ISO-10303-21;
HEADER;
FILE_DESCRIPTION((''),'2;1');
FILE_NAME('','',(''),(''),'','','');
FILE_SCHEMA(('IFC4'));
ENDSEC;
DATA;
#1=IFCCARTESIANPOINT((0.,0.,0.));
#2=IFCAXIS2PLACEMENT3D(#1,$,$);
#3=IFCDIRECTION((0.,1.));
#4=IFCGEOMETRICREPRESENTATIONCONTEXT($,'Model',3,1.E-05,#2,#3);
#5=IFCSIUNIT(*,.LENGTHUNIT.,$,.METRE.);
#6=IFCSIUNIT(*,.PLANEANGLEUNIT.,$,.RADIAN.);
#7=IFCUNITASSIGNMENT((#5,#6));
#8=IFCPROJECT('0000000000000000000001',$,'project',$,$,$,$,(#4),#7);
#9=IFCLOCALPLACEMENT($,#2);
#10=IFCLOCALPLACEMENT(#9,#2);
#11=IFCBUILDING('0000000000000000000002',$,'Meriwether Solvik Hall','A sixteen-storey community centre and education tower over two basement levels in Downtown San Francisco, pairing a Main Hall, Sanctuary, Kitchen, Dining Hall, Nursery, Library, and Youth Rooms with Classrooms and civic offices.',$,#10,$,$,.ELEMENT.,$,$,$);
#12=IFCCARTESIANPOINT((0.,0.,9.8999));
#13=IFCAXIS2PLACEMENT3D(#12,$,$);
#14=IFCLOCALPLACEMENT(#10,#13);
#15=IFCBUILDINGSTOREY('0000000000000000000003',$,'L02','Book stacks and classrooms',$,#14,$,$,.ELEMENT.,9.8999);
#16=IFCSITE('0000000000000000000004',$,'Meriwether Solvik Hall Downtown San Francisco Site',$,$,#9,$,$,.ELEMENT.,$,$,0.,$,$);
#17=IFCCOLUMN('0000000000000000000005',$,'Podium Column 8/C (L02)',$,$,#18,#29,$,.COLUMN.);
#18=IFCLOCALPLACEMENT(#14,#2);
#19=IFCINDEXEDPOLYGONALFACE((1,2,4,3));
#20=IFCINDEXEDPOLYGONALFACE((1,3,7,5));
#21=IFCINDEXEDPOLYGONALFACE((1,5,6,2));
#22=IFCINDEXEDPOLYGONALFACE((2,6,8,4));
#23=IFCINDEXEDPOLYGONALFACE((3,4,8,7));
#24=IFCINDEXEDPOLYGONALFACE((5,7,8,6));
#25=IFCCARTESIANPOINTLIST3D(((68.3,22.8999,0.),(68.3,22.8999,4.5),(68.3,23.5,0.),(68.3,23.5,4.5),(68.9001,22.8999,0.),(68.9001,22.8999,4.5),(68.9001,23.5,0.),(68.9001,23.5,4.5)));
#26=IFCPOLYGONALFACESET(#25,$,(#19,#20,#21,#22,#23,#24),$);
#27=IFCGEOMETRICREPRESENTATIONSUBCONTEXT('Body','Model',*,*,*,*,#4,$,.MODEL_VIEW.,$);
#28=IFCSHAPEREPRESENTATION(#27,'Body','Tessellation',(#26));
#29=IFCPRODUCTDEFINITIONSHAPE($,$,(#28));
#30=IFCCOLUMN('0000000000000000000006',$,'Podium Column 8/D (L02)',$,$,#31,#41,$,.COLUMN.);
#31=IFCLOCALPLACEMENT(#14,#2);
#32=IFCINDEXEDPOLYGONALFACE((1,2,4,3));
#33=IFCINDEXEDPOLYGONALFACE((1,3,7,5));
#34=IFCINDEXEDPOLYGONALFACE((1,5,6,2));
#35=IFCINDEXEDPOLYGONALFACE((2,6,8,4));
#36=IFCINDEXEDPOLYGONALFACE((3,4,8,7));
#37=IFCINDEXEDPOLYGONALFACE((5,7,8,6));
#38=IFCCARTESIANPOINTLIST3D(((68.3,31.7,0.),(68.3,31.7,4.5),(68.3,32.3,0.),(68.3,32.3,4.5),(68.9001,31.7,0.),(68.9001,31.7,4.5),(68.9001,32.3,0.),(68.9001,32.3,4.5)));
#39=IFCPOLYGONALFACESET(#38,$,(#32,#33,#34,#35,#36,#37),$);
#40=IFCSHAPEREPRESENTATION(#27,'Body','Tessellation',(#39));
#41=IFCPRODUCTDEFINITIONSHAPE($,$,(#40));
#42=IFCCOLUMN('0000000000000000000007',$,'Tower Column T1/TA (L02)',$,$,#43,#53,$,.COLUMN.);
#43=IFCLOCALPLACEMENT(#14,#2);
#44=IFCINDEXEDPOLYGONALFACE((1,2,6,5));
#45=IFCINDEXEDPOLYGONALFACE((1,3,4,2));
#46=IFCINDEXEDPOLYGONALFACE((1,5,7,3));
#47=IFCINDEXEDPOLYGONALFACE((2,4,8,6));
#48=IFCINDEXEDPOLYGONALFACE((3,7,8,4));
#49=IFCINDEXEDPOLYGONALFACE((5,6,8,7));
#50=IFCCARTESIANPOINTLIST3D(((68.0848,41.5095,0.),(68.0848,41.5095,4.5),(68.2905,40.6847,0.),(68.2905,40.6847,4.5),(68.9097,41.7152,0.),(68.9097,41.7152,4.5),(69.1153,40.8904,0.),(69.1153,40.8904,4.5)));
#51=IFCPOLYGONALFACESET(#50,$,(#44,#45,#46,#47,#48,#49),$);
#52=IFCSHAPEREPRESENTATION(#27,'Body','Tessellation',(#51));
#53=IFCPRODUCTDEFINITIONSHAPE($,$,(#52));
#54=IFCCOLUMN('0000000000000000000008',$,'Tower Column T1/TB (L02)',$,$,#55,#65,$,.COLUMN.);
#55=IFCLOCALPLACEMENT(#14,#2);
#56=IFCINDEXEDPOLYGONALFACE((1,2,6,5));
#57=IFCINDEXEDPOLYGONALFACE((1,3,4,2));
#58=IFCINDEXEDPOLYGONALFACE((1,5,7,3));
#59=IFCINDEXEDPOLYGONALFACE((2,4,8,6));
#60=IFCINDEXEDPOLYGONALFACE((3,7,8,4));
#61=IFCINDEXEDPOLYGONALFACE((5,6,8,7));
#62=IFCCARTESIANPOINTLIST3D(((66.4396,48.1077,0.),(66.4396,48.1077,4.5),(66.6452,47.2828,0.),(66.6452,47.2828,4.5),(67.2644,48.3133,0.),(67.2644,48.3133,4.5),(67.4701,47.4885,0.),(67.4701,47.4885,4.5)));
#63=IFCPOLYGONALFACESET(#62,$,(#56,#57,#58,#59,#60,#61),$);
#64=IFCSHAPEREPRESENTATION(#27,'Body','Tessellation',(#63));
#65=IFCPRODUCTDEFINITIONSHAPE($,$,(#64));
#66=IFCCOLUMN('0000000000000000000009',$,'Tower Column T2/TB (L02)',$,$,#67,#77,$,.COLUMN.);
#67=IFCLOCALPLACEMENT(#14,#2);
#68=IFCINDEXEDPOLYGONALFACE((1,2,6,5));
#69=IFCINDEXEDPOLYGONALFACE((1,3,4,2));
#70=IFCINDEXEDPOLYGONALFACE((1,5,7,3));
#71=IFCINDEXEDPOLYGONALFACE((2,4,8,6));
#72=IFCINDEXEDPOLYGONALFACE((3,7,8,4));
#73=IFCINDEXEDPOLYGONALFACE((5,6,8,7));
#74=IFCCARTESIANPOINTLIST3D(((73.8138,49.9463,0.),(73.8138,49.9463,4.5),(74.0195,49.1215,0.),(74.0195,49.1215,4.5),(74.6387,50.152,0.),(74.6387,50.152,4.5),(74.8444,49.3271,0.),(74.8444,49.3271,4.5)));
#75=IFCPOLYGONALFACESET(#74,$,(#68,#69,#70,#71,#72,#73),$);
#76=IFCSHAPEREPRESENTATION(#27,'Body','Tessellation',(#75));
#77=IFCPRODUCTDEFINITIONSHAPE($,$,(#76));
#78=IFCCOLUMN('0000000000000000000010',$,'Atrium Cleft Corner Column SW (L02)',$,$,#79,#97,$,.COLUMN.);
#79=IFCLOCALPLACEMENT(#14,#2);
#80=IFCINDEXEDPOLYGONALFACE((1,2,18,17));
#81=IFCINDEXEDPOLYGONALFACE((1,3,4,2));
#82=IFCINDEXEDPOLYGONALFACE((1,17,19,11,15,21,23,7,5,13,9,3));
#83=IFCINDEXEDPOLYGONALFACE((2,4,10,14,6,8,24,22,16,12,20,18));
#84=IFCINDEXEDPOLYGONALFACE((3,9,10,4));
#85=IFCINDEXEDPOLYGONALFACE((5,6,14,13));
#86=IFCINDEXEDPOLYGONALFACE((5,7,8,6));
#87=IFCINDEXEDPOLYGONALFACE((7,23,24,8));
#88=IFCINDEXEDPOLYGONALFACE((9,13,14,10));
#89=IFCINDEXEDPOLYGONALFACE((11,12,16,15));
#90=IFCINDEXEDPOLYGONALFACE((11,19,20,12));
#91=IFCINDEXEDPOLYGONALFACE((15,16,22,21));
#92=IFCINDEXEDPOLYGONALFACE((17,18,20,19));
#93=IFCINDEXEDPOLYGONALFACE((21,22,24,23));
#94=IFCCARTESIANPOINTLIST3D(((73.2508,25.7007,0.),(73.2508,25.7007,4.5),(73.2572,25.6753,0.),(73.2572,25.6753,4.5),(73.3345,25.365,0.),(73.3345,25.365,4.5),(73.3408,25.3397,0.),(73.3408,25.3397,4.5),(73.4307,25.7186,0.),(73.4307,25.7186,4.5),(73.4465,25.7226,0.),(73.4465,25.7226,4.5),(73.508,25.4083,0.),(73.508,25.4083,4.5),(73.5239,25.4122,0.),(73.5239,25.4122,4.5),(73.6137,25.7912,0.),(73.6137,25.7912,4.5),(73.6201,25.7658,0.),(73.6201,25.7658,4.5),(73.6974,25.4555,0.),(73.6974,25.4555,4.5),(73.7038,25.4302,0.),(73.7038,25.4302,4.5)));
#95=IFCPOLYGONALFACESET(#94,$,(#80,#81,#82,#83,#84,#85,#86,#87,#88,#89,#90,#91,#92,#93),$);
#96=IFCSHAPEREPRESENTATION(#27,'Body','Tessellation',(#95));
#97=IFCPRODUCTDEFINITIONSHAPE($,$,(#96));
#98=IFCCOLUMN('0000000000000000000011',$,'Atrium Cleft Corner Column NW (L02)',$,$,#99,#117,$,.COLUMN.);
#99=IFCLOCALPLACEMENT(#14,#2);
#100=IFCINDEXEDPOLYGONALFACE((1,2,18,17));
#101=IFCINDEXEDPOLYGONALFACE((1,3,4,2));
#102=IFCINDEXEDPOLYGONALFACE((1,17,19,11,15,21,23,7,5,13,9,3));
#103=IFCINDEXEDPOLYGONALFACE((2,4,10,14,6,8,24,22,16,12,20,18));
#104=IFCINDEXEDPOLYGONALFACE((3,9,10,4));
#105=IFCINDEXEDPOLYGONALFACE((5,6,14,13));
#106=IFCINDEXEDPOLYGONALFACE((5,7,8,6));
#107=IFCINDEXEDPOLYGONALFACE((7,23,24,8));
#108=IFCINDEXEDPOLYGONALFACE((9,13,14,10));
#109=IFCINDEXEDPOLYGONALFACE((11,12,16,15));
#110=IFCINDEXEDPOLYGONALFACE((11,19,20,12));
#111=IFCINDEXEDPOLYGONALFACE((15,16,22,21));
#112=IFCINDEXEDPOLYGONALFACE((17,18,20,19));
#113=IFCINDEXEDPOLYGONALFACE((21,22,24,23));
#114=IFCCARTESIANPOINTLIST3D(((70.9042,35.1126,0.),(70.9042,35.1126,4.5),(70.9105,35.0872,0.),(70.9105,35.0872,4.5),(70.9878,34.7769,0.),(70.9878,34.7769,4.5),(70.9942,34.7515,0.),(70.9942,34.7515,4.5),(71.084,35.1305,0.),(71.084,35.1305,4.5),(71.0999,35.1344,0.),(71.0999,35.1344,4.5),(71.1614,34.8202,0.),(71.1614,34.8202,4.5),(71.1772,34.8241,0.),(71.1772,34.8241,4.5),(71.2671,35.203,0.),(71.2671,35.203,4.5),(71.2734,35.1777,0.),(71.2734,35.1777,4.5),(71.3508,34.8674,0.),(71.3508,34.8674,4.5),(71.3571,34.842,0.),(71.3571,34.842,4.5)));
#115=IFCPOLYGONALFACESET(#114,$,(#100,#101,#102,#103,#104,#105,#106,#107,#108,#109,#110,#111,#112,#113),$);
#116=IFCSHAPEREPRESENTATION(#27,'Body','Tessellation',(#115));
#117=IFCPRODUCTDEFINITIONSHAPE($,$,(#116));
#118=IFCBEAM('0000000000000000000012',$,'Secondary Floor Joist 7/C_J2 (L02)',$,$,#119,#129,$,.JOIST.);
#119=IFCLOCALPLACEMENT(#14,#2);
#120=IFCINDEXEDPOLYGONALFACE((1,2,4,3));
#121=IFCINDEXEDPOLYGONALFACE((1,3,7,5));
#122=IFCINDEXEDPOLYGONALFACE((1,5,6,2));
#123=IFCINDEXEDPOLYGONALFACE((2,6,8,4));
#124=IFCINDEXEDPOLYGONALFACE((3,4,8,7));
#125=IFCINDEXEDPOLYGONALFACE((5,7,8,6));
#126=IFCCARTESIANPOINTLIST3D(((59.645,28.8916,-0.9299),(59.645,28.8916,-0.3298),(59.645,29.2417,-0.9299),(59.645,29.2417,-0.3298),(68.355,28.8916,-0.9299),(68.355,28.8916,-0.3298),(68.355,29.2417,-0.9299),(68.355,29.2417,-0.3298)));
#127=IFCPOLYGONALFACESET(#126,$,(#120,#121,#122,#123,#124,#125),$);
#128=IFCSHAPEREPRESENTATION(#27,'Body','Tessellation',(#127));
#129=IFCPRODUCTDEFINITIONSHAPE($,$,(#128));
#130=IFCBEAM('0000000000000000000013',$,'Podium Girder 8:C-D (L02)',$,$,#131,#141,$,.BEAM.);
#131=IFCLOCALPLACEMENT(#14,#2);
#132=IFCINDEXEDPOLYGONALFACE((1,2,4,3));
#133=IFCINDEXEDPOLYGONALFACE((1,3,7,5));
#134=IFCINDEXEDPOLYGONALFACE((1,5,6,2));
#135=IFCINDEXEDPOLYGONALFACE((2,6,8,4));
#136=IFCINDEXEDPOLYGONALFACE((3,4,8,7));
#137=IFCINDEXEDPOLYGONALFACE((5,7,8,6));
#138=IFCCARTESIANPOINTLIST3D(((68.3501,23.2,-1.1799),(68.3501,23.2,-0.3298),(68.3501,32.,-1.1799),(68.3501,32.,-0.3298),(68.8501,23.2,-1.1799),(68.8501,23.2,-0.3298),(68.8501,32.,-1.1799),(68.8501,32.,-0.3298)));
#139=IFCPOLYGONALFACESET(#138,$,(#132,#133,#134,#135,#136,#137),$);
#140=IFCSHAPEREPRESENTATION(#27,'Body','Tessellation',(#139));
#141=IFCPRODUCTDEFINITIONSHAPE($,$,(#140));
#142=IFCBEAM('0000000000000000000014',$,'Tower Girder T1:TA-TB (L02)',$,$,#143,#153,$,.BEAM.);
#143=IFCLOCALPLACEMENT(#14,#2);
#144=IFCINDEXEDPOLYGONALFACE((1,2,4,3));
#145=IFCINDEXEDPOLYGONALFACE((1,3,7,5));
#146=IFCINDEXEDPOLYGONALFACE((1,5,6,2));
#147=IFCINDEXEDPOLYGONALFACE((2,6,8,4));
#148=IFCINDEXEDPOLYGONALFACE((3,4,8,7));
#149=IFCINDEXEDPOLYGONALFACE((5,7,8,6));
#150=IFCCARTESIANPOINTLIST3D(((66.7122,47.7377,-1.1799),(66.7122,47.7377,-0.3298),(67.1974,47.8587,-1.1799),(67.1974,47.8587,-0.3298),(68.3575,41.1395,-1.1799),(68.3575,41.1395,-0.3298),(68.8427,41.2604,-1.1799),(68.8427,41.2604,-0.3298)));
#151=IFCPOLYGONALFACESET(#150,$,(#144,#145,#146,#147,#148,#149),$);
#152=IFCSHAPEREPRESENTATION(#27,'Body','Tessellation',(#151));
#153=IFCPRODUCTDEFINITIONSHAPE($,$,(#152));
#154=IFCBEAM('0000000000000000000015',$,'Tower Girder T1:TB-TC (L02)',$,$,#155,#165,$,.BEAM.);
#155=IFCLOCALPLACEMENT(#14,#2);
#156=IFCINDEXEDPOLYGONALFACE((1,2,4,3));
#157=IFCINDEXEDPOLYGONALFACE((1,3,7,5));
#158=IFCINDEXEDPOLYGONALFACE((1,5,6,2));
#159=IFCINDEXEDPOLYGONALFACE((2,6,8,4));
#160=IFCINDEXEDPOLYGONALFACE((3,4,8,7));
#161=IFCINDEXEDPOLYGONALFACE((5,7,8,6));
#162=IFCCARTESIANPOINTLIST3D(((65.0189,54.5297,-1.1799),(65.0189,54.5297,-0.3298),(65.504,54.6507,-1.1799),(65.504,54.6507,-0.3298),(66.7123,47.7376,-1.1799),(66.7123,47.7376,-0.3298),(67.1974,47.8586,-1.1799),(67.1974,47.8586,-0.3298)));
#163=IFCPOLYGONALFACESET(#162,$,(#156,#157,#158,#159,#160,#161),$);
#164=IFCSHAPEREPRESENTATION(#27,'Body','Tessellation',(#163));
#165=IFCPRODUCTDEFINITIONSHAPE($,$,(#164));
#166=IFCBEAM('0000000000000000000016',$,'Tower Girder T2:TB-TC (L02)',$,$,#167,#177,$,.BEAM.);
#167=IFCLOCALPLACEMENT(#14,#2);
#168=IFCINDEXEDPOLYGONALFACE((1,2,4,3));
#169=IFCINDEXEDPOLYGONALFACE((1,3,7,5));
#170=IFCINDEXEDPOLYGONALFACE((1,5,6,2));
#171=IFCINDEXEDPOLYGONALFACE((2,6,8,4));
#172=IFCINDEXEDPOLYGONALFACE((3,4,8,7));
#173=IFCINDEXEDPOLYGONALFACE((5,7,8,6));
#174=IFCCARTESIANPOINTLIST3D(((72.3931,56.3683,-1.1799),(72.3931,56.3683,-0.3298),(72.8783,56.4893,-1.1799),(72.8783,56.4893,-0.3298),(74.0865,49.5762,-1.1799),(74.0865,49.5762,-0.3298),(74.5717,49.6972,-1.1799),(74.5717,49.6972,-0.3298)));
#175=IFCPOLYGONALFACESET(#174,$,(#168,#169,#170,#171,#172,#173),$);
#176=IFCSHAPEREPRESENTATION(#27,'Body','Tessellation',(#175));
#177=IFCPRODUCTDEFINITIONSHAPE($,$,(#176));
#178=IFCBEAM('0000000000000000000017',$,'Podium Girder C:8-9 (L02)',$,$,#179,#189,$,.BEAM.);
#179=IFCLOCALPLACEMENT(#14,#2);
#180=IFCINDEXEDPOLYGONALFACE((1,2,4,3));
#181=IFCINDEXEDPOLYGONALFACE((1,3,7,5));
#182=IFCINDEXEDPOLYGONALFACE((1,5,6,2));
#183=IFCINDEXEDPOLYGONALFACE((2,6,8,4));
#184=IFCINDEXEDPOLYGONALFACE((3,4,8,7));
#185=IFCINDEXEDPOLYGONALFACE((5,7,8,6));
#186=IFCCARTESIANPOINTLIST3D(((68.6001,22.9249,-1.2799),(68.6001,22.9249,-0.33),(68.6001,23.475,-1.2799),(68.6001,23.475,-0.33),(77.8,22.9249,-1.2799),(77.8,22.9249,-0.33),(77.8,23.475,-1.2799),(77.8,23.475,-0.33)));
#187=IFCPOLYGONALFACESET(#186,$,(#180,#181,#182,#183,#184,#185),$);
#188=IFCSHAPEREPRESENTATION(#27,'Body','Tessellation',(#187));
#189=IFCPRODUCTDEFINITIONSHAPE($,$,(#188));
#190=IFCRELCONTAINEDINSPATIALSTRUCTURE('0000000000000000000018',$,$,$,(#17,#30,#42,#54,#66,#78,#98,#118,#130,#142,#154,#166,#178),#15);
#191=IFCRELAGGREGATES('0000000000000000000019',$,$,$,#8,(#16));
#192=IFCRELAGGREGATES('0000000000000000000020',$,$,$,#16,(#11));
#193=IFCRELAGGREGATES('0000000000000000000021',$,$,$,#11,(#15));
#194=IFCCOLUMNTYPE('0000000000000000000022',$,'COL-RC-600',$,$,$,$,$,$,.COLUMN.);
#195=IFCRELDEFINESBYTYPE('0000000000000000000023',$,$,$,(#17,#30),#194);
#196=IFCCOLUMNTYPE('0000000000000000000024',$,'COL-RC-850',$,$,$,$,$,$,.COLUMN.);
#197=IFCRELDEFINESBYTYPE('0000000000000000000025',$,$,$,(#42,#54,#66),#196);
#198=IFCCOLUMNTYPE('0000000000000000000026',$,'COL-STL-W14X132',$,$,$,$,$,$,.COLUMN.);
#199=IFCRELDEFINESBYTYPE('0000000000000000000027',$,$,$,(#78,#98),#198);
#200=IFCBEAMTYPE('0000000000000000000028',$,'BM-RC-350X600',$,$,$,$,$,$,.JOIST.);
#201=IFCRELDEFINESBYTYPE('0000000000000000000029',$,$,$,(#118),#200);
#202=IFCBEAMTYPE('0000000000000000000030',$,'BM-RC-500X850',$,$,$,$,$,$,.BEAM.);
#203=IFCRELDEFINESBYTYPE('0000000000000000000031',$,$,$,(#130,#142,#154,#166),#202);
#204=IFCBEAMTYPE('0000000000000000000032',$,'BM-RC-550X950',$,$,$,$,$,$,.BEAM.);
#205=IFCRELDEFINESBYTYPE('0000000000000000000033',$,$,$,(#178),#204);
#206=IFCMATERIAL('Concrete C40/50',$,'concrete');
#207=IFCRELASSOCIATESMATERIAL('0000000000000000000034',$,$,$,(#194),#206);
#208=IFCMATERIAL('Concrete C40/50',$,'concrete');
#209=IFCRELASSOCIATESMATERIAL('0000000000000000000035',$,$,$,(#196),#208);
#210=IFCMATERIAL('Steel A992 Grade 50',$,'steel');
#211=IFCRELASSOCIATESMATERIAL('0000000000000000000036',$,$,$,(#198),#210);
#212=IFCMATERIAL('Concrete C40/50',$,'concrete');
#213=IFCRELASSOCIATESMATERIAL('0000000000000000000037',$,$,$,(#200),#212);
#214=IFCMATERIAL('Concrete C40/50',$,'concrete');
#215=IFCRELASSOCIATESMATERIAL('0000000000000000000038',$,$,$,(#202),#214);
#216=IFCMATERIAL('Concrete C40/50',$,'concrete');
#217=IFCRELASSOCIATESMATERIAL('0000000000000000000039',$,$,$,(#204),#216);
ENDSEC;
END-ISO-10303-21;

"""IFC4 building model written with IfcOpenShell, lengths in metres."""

from ifc_helpers import new_model, si_unit, direction, frame, origin, origin_2d, place, context, subcontext, project, spatial, rectangle, i_section, extrude, material, material_profile, profile_set, type_object, element, save


model = new_model("IFC4")

# Units and contexts
model_context = context("Model", 3, precision=1e-05, world=origin(), true_north=direction((0.0, 1.0)))
body_context = subcontext(model_context, "Body", "Model", "MODEL_VIEW")
ifc_project = project(units=[si_unit("LENGTHUNIT", "METRE"), si_unit("PLANEANGLEUNIT", "RADIAN")], contexts=[model_context])

# Site, building, storey
site_placement = place(None, origin())
site = spatial("IfcSite", under=ifc_project, at=site_placement, Name="Meriwether Solvik Hall Downtown San Francisco Site", CompositionType="ELEMENT", RefElevation=0.0)
building_placement = place(site_placement, origin())
building = spatial("IfcBuilding", under=site, at=building_placement, Name="Meriwether Solvik Hall", Description="A sixteen-storey community centre and education tower over two basement levels in Downtown San Francisco, pairing a Main Hall, Sanctuary, Kitchen, Dining Hall, Nursery, Library, and Youth Rooms with Classrooms and civic offices.", CompositionType="ELEMENT")
storey_placement = place(building_placement, frame((0.0, 0.0, 9.8999)))
storey = spatial("IfcBuildingStorey", under=building, at=storey_placement, Name="L02", Description="Book stacks and classrooms", CompositionType="ELEMENT", Elevation=9.8999)

# Columns
ifc_material_1 = material(Name="Concrete C40/50", Category="concrete")
ifc_material_profile_1 = material_profile(ifc_material_1, rectangle(XDim=0.6001, YDim=0.6001, at=origin_2d()), Name="RCC-600X600")
ifc_profile_set_1 = profile_set([ifc_material_profile_1], Name="Concrete C40/50")
column_type_1 = type_object("IfcColumnType", Name="COL-RC-600", PredefinedType="COLUMN", material=ifc_profile_set_1)
for number, where, z_axis, x_axis, name in (
    (1, (68.6001, 23.2, 0.0), (0.0, 0.0, 1.0), (1.0, 0.0, 0.0), "Podium Column 8/C (L02)"),
    (2, (68.6001, 32.0, 0.0), (0.0, 0.0, 1.0), (1.0, 0.0, 0.0), "Podium Column 8/D (L02)"),
):
    element("IfcColumn", number, at=place(storey_placement, frame(where, z_axis=z_axis, x_axis=x_axis)), inside=storey, type_object=column_type_1, Name=name, PredefinedType="COLUMN", context=body_context, shape_type="SweptSolid", body=[
        extrude(rectangle(XDim=0.6001, YDim=0.6001, at=origin_2d()), origin(), (0.0, 0.0, 1.0), 4.5),
    ])
ifc_material_2 = material(Name="Concrete C40/50", Category="concrete")
ifc_material_profile_2 = material_profile(ifc_material_2, rectangle(XDim=0.8501, YDim=0.8501, at=origin_2d()), Name="RCC-850X850")
ifc_profile_set_2 = profile_set([ifc_material_profile_2], Name="Concrete C40/50")
column_type_2 = type_object("IfcColumnType", Name="COL-RC-850", PredefinedType="COLUMN", material=ifc_profile_set_2)
for number, where, z_axis, x_axis, name in (
    (3, (68.6001, 41.2, 0.0), (0.0, 0.0, 1.0), (0.970296, 0.241922, 0.0), "Tower Column T1/TA (L02)"),
    (4, (66.9548, 47.7981, 0.0), (0.0, 0.0, 1.0), (0.970296, 0.241922, 0.0), "Tower Column T1/TB (L02)"),
    (5, (74.3291, 49.6367, 0.0), (0.0, 0.0, 1.0), (0.970296, 0.241922, 0.0), "Tower Column T2/TB (L02)"),
):
    element("IfcColumn", number, at=place(storey_placement, frame(where, z_axis=z_axis, x_axis=x_axis)), inside=storey, type_object=column_type_2, Name=name, PredefinedType="COLUMN", context=body_context, shape_type="SweptSolid", body=[
        extrude(rectangle(XDim=0.8501, YDim=0.8501, at=origin_2d()), origin(), (0.0, 0.0, 1.0), 4.5),
    ])
ifc_material_3 = material(Name="Steel A992 Grade 50", Category="steel")
ifc_material_profile_3 = material_profile(ifc_material_3, i_section(OverallWidth=0.374, OverallDepth=0.3721, WebThickness=0.0164, FlangeThickness=0.0261, at=origin_2d()), Name="W14X132")
ifc_profile_set_3 = profile_set([ifc_material_profile_3], Name="Steel A992 Grade 50")
column_type_3 = type_object("IfcColumnType", Name="COL-STL-W14X132", PredefinedType="COLUMN", material=ifc_profile_set_3)
for number, where, z_axis, x_axis, name in (
    (6, (73.4773, 25.5654, 0.0), (0.0, 0.0, 1.0), (0.970296, 0.241922, 0.0), "Atrium Cleft Corner Column SW (L02)"),
    (7, (71.1306, 34.9773, 0.0), (0.0, 0.0, 1.0), (0.970296, 0.241922, 0.0), "Atrium Cleft Corner Column NW (L02)"),
):
    element("IfcColumn", number, at=place(storey_placement, frame(where, z_axis=z_axis, x_axis=x_axis)), inside=storey, type_object=column_type_3, Name=name, PredefinedType="COLUMN", context=body_context, shape_type="SweptSolid", body=[
        extrude(i_section(OverallWidth=0.374, OverallDepth=0.3721, WebThickness=0.0164, FlangeThickness=0.0261, at=origin_2d()), origin(), (0.0, 0.0, 1.0), 4.5),
    ])

# Beams
ifc_material_4 = material(Name="Concrete C40/50", Category="concrete")
ifc_material_profile_4 = material_profile(ifc_material_4, rectangle(XDim=0.3501, YDim=0.6001, at=origin_2d()), Name="RCB-350X600")
ifc_profile_set_4 = profile_set([ifc_material_profile_4], Name="Concrete C40/50")
beam_type_1 = type_object("IfcBeamType", Name="BM-RC-350X600", PredefinedType="JOIST", material=ifc_profile_set_4)
beam_1_placement = place(storey_placement, frame((59.645, 29.0667, -0.6299), z_axis=(1.0, 0.0, 0.0), x_axis=(0.0, 1.0, 0.0)))
element("IfcBeam", 8, at=beam_1_placement, inside=storey, type_object=beam_type_1, Name="Secondary Floor Joist 7/C_J2 (L02)", PredefinedType="JOIST", context=body_context, shape_type="SweptSolid", body=[
    extrude(rectangle(XDim=0.3501, YDim=0.6001, at=origin_2d()), origin(), (0.0, 0.0, 1.0), 8.71),
])
ifc_material_5 = material(Name="Concrete C40/50", Category="concrete")
ifc_material_profile_5 = material_profile(ifc_material_5, rectangle(XDim=0.5, YDim=0.8501, at=origin_2d()), Name="RCB-500X850")
ifc_profile_set_5 = profile_set([ifc_material_profile_5], Name="Concrete C40/50")
beam_type_2 = type_object("IfcBeamType", Name="BM-RC-500X850", PredefinedType="BEAM", material=ifc_profile_set_5)
beam_2_placement = place(storey_placement, frame((68.6001, 23.2, -0.7549), z_axis=(0.0, 1.0, 0.0), x_axis=(-1.0, 0.0, 0.0)))
element("IfcBeam", 9, at=beam_2_placement, inside=storey, type_object=beam_type_2, Name="Podium Girder 8:C-D (L02)", PredefinedType="BEAM", context=body_context, shape_type="SweptSolid", body=[
    extrude(rectangle(XDim=0.5, YDim=0.8501, at=origin_2d()), origin(), (0.0, 0.0, 1.0), 8.8),
])
beam_3_placement = place(storey_placement, frame((68.6001, 41.2, -0.7549), z_axis=(-0.241944, 0.97029, 0.0), x_axis=(-0.97029, -0.241944, 0.0)))
element("IfcBeam", 10, at=beam_3_placement, inside=storey, type_object=beam_type_2, Name="Tower Girder T1:TA-TB (L02)", PredefinedType="BEAM", context=body_context, shape_type="SweptSolid", body=[
    extrude(rectangle(XDim=0.5, YDim=0.8501, at=origin_2d()), origin(), (0.0, 0.0, 1.0), 6.8003),
])
for number, where, z_axis, x_axis, name in (
    (11, (66.9548, 47.7981, -0.7549), (-0.241912, 0.970298, 0.0), (-0.970298, -0.241912, 0.0), "Tower Girder T1:TB-TC (L02)"),
    (12, (74.3291, 49.6367, -0.7549), (-0.241912, 0.970298, 0.0), (-0.970298, -0.241912, 0.0), "Tower Girder T2:TB-TC (L02)"),
):
    element("IfcBeam", number, at=place(storey_placement, frame(where, z_axis=z_axis, x_axis=x_axis)), inside=storey, type_object=beam_type_2, Name=name, PredefinedType="BEAM", context=body_context, shape_type="SweptSolid", body=[
        extrude(rectangle(XDim=0.5, YDim=0.8501, at=origin_2d()), origin(), (0.0, 0.0, 1.0), 7.0),
    ])
ifc_material_6 = material(Name="Concrete C40/50", Category="concrete")
ifc_material_profile_6 = material_profile(ifc_material_6, rectangle(XDim=0.55, YDim=0.95, at=origin_2d()), Name="RCB-550X950")
ifc_profile_set_6 = profile_set([ifc_material_profile_6], Name="Concrete C40/50")
beam_type_3 = type_object("IfcBeamType", Name="BM-RC-550X950", PredefinedType="BEAM", material=ifc_profile_set_6)
beam_4_placement = place(storey_placement, frame((68.6001, 23.2, -0.8049), z_axis=(1.0, 0.0, 0.0), x_axis=(0.0, 1.0, 0.0)))
element("IfcBeam", 13, at=beam_4_placement, inside=storey, type_object=beam_type_3, Name="Podium Girder C:8-9 (L02)", PredefinedType="BEAM", context=body_context, shape_type="SweptSolid", body=[
    extrude(rectangle(XDim=0.55, YDim=0.95, at=origin_2d()), origin(), (0.0, 0.0, 1.0), 9.2),
])

save(model, "model.ifc")
